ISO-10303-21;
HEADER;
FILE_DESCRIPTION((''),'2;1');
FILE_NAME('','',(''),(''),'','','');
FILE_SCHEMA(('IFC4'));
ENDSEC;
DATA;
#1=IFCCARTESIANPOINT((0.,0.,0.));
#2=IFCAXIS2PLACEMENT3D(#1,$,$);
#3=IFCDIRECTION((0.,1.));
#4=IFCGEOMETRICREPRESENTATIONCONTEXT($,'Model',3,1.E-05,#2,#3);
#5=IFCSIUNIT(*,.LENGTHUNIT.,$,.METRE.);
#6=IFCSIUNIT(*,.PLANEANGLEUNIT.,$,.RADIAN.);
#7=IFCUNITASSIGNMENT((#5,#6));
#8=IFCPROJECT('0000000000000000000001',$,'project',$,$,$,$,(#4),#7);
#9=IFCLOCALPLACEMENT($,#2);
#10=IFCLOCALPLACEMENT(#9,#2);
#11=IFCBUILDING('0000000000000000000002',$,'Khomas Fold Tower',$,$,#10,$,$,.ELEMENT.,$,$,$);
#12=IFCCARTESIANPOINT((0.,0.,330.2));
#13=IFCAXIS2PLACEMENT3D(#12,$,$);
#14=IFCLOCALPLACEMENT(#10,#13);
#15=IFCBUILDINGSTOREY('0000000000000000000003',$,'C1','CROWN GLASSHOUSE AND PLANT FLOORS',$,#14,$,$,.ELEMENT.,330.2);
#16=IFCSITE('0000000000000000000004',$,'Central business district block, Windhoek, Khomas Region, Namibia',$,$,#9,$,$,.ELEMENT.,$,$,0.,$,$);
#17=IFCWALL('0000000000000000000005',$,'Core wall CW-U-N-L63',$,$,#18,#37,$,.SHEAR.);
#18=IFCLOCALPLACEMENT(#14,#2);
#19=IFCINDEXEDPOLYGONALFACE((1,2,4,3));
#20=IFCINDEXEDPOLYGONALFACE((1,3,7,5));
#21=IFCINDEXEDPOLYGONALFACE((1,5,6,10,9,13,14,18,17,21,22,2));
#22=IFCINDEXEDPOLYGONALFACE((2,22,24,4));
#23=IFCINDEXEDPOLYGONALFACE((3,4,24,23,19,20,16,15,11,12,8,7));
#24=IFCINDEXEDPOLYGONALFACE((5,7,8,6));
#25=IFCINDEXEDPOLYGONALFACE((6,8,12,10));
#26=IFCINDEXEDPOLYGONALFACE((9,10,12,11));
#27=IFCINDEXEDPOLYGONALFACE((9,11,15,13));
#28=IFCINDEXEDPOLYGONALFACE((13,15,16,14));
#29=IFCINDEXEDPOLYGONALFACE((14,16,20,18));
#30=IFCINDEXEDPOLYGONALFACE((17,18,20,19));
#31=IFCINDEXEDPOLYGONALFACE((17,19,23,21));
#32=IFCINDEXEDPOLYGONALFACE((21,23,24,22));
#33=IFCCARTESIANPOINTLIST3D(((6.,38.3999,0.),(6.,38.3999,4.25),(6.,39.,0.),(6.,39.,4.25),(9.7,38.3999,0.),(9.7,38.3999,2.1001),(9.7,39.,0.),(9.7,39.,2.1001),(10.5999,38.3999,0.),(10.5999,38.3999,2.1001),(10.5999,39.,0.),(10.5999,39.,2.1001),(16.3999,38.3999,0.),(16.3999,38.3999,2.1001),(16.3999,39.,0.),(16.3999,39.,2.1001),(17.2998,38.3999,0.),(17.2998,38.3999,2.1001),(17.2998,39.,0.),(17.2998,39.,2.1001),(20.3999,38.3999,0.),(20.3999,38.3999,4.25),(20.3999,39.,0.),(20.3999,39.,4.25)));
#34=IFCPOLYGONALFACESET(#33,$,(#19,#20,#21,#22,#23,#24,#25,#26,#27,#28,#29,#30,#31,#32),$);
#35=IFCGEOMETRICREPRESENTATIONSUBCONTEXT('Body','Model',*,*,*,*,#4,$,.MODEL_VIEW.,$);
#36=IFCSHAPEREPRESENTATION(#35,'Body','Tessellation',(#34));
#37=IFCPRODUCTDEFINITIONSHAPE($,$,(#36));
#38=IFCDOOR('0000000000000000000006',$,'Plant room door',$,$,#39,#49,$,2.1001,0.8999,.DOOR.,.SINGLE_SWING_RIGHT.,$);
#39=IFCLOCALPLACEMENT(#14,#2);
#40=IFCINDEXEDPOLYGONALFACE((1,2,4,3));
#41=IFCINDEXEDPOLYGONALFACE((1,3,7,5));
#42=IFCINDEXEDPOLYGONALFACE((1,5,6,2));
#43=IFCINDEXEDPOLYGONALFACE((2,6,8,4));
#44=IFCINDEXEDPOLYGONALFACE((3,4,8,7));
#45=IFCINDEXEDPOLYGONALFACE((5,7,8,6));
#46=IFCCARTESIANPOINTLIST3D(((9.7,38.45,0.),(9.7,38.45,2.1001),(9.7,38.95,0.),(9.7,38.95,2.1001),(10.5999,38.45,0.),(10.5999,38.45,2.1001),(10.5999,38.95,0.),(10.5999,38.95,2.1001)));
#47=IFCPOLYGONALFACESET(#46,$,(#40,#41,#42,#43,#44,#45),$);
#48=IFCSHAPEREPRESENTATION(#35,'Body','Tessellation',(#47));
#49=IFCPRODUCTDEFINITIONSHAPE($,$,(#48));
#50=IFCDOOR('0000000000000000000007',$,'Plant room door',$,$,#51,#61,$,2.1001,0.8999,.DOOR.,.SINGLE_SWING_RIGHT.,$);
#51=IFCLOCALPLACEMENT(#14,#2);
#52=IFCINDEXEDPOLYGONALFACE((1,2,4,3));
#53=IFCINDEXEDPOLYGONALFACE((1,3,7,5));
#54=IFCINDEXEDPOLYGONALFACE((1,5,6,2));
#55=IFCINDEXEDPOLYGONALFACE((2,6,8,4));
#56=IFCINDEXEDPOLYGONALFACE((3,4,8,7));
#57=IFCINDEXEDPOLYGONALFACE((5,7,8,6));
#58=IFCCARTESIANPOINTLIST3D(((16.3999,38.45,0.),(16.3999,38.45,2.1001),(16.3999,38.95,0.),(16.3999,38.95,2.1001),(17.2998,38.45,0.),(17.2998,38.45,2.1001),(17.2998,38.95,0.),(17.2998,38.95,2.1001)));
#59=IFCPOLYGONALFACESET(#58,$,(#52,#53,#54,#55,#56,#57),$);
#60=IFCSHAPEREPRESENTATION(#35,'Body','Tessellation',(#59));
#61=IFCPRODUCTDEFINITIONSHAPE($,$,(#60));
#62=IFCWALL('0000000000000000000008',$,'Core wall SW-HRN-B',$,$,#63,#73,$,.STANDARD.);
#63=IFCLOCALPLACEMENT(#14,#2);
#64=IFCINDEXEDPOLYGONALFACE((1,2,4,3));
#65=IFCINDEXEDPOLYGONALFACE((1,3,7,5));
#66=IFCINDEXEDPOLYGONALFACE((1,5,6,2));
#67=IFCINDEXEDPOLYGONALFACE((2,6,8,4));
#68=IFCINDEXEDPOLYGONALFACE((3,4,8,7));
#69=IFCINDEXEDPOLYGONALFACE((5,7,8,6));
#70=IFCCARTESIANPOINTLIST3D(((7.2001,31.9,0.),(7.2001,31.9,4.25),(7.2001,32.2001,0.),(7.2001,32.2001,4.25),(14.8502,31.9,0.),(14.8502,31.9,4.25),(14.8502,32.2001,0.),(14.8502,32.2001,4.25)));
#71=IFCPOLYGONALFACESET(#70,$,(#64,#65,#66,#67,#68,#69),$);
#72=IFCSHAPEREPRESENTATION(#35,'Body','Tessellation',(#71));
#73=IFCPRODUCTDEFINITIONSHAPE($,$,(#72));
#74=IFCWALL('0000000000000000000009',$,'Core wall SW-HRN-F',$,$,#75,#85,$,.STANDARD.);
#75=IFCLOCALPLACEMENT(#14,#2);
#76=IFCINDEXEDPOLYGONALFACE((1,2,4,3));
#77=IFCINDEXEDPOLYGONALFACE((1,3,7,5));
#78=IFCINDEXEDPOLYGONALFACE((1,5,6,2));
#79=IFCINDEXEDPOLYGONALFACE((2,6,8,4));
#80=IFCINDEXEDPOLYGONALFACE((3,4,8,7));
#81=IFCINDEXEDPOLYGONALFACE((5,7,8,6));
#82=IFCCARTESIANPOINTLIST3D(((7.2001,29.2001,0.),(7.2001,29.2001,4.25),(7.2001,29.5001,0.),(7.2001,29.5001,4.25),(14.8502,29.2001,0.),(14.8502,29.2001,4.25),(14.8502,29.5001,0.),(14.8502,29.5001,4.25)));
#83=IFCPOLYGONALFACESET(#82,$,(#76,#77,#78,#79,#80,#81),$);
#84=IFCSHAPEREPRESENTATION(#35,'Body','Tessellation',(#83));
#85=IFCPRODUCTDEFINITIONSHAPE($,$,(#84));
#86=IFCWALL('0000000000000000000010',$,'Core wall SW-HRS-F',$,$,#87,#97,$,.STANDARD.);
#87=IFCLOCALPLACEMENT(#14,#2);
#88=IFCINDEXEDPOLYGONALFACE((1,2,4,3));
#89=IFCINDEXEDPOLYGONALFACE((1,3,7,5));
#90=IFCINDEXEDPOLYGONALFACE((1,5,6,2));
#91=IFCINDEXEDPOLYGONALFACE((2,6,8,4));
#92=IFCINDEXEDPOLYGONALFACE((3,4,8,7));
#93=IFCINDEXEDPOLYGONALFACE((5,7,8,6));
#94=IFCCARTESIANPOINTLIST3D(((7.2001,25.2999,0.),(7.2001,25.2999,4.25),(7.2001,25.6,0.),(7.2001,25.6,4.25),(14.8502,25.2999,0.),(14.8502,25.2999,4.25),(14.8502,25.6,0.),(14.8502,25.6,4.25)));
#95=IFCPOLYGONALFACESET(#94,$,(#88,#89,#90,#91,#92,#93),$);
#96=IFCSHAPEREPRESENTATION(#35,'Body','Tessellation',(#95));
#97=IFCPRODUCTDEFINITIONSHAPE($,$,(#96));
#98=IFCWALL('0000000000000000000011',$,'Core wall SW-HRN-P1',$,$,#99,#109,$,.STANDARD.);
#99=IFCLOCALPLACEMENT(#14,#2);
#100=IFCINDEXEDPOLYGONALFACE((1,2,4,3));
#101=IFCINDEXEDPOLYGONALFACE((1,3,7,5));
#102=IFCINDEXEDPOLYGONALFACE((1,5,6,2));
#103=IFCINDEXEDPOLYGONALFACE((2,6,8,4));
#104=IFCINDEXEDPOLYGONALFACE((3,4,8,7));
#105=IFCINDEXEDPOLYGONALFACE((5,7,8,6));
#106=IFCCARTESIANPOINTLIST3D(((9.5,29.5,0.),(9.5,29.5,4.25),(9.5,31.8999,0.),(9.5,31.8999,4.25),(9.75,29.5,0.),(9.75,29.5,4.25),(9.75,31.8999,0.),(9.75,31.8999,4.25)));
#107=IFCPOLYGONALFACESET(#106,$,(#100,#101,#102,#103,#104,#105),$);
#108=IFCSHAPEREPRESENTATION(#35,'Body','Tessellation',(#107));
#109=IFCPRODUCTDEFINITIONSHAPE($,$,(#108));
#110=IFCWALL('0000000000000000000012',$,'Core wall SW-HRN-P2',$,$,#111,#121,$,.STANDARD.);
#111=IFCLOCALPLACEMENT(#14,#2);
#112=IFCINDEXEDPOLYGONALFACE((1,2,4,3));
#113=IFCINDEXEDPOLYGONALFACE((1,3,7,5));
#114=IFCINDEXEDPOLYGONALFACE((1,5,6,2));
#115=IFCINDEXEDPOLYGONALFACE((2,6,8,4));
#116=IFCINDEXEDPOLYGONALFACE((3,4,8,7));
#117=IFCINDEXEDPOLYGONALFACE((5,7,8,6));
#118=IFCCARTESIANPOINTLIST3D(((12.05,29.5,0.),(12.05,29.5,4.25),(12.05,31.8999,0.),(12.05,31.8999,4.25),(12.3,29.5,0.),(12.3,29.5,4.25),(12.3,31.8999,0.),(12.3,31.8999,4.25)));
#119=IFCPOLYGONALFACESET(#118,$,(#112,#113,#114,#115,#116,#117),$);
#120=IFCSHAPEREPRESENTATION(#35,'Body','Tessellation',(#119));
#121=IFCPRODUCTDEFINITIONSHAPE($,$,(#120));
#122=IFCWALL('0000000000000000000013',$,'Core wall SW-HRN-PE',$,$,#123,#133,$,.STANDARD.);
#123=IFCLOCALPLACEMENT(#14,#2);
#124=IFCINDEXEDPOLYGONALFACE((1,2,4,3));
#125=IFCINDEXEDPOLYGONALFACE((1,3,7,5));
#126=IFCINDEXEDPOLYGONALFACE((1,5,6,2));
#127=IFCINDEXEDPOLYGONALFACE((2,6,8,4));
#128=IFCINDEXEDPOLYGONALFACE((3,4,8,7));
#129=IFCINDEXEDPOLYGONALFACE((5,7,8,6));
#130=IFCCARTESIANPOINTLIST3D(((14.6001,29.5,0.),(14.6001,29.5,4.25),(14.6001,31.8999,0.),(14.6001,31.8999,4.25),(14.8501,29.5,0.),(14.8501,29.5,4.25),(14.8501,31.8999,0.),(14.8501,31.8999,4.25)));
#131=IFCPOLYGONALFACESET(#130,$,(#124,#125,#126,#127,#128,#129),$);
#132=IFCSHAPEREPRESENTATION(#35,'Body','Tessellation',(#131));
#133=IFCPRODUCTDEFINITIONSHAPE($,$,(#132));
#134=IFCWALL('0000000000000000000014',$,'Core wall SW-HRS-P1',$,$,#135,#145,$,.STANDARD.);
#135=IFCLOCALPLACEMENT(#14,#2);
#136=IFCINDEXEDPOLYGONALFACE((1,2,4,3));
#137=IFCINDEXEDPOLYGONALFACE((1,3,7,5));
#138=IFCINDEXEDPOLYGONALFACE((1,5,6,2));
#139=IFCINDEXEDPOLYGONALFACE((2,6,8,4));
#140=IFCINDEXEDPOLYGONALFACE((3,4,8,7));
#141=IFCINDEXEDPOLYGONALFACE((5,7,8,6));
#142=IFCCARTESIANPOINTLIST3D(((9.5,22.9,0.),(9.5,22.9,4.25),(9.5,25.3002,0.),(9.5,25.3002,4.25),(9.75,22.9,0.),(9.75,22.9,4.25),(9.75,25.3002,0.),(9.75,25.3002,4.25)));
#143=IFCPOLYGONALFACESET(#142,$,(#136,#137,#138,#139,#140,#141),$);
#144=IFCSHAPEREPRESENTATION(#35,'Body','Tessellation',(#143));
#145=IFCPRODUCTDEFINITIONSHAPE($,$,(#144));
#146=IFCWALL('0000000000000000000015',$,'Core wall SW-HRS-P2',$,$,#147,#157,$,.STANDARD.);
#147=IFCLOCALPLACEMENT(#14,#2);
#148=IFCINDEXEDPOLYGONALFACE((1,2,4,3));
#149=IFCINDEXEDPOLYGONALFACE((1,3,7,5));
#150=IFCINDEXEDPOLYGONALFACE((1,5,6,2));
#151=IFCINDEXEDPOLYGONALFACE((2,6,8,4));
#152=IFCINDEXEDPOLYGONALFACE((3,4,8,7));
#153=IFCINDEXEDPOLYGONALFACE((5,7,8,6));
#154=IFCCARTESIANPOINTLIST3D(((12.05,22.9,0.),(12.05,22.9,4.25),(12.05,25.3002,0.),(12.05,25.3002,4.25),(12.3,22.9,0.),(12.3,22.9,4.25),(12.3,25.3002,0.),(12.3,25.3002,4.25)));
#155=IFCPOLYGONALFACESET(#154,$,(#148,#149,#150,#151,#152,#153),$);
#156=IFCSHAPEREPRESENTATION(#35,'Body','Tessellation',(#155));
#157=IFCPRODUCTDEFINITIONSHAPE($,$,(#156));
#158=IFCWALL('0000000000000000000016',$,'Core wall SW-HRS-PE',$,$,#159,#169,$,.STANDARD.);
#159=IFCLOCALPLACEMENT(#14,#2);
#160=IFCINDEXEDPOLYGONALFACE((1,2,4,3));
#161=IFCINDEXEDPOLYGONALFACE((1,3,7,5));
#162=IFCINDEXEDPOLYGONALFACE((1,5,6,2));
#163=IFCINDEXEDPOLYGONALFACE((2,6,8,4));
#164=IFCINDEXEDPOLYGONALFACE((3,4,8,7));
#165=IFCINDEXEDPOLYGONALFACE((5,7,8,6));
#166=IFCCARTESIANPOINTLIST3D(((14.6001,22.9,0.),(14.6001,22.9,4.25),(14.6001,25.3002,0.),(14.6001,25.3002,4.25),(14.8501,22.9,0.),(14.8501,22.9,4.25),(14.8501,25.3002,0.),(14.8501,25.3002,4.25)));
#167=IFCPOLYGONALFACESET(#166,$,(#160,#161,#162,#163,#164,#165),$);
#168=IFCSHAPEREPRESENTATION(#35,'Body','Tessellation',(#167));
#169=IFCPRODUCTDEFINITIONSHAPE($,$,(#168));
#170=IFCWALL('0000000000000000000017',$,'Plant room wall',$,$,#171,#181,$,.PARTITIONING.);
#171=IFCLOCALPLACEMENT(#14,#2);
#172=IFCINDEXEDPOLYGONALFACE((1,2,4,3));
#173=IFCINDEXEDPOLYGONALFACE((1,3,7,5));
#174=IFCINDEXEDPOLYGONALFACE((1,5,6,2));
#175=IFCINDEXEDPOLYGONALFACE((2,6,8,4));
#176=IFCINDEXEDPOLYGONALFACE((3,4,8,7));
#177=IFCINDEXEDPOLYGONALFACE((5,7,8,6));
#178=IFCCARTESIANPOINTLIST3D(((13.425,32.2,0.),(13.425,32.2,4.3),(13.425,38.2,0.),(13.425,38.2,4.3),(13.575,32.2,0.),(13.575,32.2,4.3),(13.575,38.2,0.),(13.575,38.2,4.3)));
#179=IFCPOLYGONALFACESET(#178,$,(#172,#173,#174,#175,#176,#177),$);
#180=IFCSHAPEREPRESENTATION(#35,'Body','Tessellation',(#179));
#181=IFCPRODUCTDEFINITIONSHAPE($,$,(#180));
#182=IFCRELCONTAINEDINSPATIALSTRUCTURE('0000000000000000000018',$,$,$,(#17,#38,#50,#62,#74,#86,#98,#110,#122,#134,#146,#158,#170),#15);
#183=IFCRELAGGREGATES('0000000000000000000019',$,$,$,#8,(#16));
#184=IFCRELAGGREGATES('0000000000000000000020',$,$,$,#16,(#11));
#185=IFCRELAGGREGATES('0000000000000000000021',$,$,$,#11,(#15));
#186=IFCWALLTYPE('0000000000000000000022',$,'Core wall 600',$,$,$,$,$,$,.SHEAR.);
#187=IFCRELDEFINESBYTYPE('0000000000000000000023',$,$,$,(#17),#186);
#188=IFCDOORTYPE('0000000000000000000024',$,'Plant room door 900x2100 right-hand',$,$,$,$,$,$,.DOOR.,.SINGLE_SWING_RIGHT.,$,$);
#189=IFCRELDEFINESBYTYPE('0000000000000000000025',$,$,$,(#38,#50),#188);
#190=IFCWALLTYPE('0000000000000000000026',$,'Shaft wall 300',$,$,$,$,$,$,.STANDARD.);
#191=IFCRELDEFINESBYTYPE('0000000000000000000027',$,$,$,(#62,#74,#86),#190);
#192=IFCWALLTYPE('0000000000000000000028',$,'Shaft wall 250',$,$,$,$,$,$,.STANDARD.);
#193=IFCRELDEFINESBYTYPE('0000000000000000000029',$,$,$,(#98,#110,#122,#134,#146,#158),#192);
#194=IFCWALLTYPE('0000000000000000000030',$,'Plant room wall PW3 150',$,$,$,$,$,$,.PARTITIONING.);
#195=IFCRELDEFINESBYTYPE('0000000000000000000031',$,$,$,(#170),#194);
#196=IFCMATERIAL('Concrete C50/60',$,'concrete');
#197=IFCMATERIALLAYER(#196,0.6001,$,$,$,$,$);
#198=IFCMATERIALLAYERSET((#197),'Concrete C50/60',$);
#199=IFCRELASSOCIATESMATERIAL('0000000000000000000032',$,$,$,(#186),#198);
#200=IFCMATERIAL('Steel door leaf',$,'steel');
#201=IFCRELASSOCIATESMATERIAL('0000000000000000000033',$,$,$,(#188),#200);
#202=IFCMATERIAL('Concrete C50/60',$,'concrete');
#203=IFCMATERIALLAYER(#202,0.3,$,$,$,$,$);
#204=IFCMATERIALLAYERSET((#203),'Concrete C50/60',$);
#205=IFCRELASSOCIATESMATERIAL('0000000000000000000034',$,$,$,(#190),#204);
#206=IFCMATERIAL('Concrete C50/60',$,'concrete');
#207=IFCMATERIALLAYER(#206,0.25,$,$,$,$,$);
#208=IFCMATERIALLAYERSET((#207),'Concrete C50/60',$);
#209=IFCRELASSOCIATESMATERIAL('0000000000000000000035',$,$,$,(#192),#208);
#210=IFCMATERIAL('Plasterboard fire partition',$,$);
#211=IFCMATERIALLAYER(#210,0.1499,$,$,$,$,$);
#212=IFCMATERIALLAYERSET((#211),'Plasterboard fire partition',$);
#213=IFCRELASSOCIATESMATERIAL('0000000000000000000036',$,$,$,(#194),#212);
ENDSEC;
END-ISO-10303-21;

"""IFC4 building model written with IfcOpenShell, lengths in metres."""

from ifc_helpers import new_model, si_unit, direction, frame, frame_2d, origin, place, context, subcontext, project, spatial, rectangle, extrude, source, transform, mapped, material, layer, layer_set, type_object, element, fill, save


model = new_model("IFC4")

# Units and contexts
model_context = context("Model", 3, precision=1e-05, world=origin(), true_north=direction((0.0, 1.0)))
body_context = subcontext(model_context, "Body", "Model", "MODEL_VIEW")
ifc_project = project(units=[si_unit("LENGTHUNIT", "METRE"), si_unit("PLANEANGLEUNIT", "RADIAN")], contexts=[model_context])

# Site, building, storey
site_placement = place(None, origin())
site = spatial("IfcSite", under=ifc_project, at=site_placement, Name="Central business district block, Windhoek, Khomas Region, Namibia", CompositionType="ELEMENT", RefElevation=0.0)
building_placement = place(site_placement, origin())
building = spatial("IfcBuilding", under=site, at=building_placement, Name="Khomas Fold Tower", CompositionType="ELEMENT")
storey_placement = place(building_placement, frame((0.0, 0.0, 330.2)))
storey = spatial("IfcBuildingStorey", under=building, at=storey_placement, Name="C1", Description="CROWN GLASSHOUSE AND PLANT FLOORS", CompositionType="ELEMENT", Elevation=330.2)

# Wall, openings, doors
ifc_material_1 = material(Name="Concrete C50/60", Category="concrete")
ifc_layer_1 = layer(ifc_material_1, 0.6001)
ifc_layer_set_1 = layer_set([ifc_layer_1], Name="Concrete C50/60")
wall_type_1 = type_object("IfcWallType", Name="Core wall 600", PredefinedType="SHEAR", material=ifc_layer_set_1)
shared_shape_1 = source(origin(), body_context, "Body", "SweptSolid", [
    extrude(rectangle(XDim=14.3999, YDim=0.6001, at=frame_2d((7.2, 0.0))), origin(), (0.0, 0.0, 1.0), 4.25),
])
wall_1_placement = place(storey_placement, frame((6.0, 38.7, 0.0), z_axis=(0.0, 0.0, 1.0), x_axis=(1.0, 0.0, 0.0)))
wall_1 = element("IfcWall", 1, at=wall_1_placement, inside=storey, type_object=wall_type_1, Name="Core wall CW-U-N-L63", PredefinedType="SHEAR", context=body_context, shape_type="MappedRepresentation", body=[
    mapped(shared_shape_1, transform((0.0, 0.0, 0.0))),
])
shared_shape_2 = source(origin(), body_context, "Body", "SweptSolid", [
    extrude(rectangle(XDim=0.8999, YDim=2.1001, at=frame_2d((0.45, 1.05))), frame((0.0, 0.3101, 0.0), z_axis=(0.0, -1.0, 0.0), x_axis=(1.0, 0.0, 0.0)), (0.0, 0.0, 1.0), 0.6201),
])
opening_1_placement = place(wall_1_placement, frame((3.7, 0.0, 0.0)))
opening_1 = element("IfcOpeningElement", 2, at=opening_1_placement, cuts=wall_1, PredefinedType="OPENING", context=body_context, shape_type="MappedRepresentation", body=[
    mapped(shared_shape_2, transform((0.0, 0.0, 0.0))),
])
opening_2_placement = place(wall_1_placement, frame((10.3999, 0.0, 0.0)))
opening_2 = element("IfcOpeningElement", 3, at=opening_2_placement, cuts=wall_1, PredefinedType="OPENING", context=body_context, shape_type="MappedRepresentation", body=[
    mapped(shared_shape_2, transform((0.0, 0.0, 0.0))),
])
ifc_material_2 = material(Name="Steel door leaf", Category="steel")
door_type = type_object("IfcDoorType", Name="Plant room door 900x2100 right-hand", OperationType="SINGLE_SWING_RIGHT", PredefinedType="DOOR", material=ifc_material_2)
shared_shape_3 = source(origin(), body_context, "Body", "SweptSolid", [
    extrude(rectangle(XDim=0.8999, YDim=2.1001, at=frame_2d((0.45, 1.05))), frame((0.0, 0.25, 0.0), z_axis=(0.0, -1.0, 0.0), x_axis=(1.0, 0.0, 0.0)), (0.0, 0.0, 1.0), 0.5),
])
door_1_placement = place(opening_1_placement, origin())
door_1 = element("IfcDoor", 4, at=door_1_placement, inside=storey, type_object=door_type, Name="Plant room door", OperationType="SINGLE_SWING_RIGHT", OverallHeight=2.1001, OverallWidth=0.8999, PredefinedType="DOOR", context=body_context, shape_type="MappedRepresentation", body=[
    mapped(shared_shape_3, transform((0.0, 0.0, 0.0))),
])
fill(opening_1, door_1)
door_2_placement = place(opening_2_placement, origin())
door_2 = element("IfcDoor", 5, at=door_2_placement, inside=storey, type_object=door_type, Name="Plant room door", OperationType="SINGLE_SWING_RIGHT", OverallHeight=2.1001, OverallWidth=0.8999, PredefinedType="DOOR", context=body_context, shape_type="MappedRepresentation", body=[
    mapped(shared_shape_3, transform((0.0, 0.0, 0.0))),
])
fill(opening_2, door_2)

# Walls
ifc_material_3 = material(Name="Concrete C50/60", Category="concrete")
ifc_layer_2 = layer(ifc_material_3, 0.3)
ifc_layer_set_2 = layer_set([ifc_layer_2], Name="Concrete C50/60")
wall_type_2 = type_object("IfcWallType", Name="Shaft wall 300", PredefinedType="STANDARD", material=ifc_layer_set_2)
shared_shape_4 = source(origin(), body_context, "Body", "SweptSolid", [
    extrude(rectangle(XDim=7.6501, YDim=0.3, at=frame_2d((3.8252, 0.0))), origin(), (0.0, 0.0, 1.0), 4.25),
])
for number, where, z_axis, x_axis, name in (
    (6, (7.2, 32.05, 0.0), (0.0, 0.0, 1.0), (1.0, 0.0, 0.0), "Core wall SW-HRN-B"),
    (7, (7.2, 29.3501, 0.0), (0.0, 0.0, 1.0), (1.0, 0.0, 0.0), "Core wall SW-HRN-F"),
    (8, (7.2, 25.45, 0.0), (0.0, 0.0, 1.0), (1.0, 0.0, 0.0), "Core wall SW-HRS-F"),
):
    element("IfcWall", number, at=place(storey_placement, frame(where, z_axis=z_axis, x_axis=x_axis)), inside=storey, type_object=wall_type_2, Name=name, PredefinedType="STANDARD", context=body_context, shape_type="MappedRepresentation", body=[
        mapped(shared_shape_4, transform((0.0, 0.0, 0.0))),
    ])
ifc_material_4 = material(Name="Concrete C50/60", Category="concrete")
ifc_layer_3 = layer(ifc_material_4, 0.25)
ifc_layer_set_3 = layer_set([ifc_layer_3], Name="Concrete C50/60")
wall_type_3 = type_object("IfcWallType", Name="Shaft wall 250", PredefinedType="STANDARD", material=ifc_layer_set_3)
shared_shape_5 = source(origin(), body_context, "Body", "SweptSolid", [
    extrude(rectangle(XDim=2.3999, YDim=0.25, at=frame_2d((1.2, 0.0))), origin(), (0.0, 0.0, 1.0), 4.25),
])
for number, where, z_axis, x_axis, name in (
    (9, (9.625, 29.5, 0.0), (0.0, 0.0, 1.0), (0.0, 1.0, 0.0), "Core wall SW-HRN-P1"),
    (10, (12.175, 29.5, 0.0), (0.0, 0.0, 1.0), (0.0, 1.0, 0.0), "Core wall SW-HRN-P2"),
    (11, (14.7251, 29.5, 0.0), (0.0, 0.0, 1.0), (0.0, 1.0, 0.0), "Core wall SW-HRN-PE"),
):
    element("IfcWall", number, at=place(storey_placement, frame(where, z_axis=z_axis, x_axis=x_axis)), inside=storey, type_object=wall_type_3, Name=name, PredefinedType="STANDARD", context=body_context, shape_type="MappedRepresentation", body=[
        mapped(shared_shape_5, transform((0.0, 0.0, 0.0))),
    ])
shared_shape_6 = source(origin(), body_context, "Body", "SweptSolid", [
    extrude(rectangle(XDim=2.4001, YDim=0.25, at=frame_2d((1.2002, 0.0))), origin(), (0.0, 0.0, 1.0), 4.25),
])
for number, where, z_axis, x_axis, name in (
    (12, (9.625, 22.8999, 0.0), (0.0, 0.0, 1.0), (0.0, 1.0, 0.0), "Core wall SW-HRS-P1"),
    (13, (12.175, 22.8999, 0.0), (0.0, 0.0, 1.0), (0.0, 1.0, 0.0), "Core wall SW-HRS-P2"),
    (14, (14.7251, 22.8999, 0.0), (0.0, 0.0, 1.0), (0.0, 1.0, 0.0), "Core wall SW-HRS-PE"),
):
    element("IfcWall", number, at=place(storey_placement, frame(where, z_axis=z_axis, x_axis=x_axis)), inside=storey, type_object=wall_type_3, Name=name, PredefinedType="STANDARD", context=body_context, shape_type="MappedRepresentation", body=[
        mapped(shared_shape_6, transform((0.0, 0.0, 0.0))),
    ])
ifc_material_5 = material(Name="Plasterboard fire partition")
ifc_layer_4 = layer(ifc_material_5, 0.1499)
ifc_layer_set_4 = layer_set([ifc_layer_4], Name="Plasterboard fire partition")
wall_type_4 = type_object("IfcWallType", Name="Plant room wall PW3 150", PredefinedType="PARTITIONING", material=ifc_layer_set_4)
shared_shape_7 = source(origin(), body_context, "Body", "SweptSolid", [
    extrude(rectangle(XDim=6.0, YDim=0.1499, at=frame_2d((3.0, 0.0))), origin(), (0.0, 0.0, 1.0), 4.3),
])
wall_2_placement = place(storey_placement, frame((13.5, 32.2, 0.0), z_axis=(0.0, 0.0, 1.0), x_axis=(0.0, 1.0, 0.0)))
element("IfcWall", 15, at=wall_2_placement, inside=storey, type_object=wall_type_4, Name="Plant room wall", PredefinedType="PARTITIONING", context=body_context, shape_type="MappedRepresentation", body=[
    mapped(shared_shape_7, transform((0.0, 0.0, 0.0))),
])

save(model, "model.ifc")
